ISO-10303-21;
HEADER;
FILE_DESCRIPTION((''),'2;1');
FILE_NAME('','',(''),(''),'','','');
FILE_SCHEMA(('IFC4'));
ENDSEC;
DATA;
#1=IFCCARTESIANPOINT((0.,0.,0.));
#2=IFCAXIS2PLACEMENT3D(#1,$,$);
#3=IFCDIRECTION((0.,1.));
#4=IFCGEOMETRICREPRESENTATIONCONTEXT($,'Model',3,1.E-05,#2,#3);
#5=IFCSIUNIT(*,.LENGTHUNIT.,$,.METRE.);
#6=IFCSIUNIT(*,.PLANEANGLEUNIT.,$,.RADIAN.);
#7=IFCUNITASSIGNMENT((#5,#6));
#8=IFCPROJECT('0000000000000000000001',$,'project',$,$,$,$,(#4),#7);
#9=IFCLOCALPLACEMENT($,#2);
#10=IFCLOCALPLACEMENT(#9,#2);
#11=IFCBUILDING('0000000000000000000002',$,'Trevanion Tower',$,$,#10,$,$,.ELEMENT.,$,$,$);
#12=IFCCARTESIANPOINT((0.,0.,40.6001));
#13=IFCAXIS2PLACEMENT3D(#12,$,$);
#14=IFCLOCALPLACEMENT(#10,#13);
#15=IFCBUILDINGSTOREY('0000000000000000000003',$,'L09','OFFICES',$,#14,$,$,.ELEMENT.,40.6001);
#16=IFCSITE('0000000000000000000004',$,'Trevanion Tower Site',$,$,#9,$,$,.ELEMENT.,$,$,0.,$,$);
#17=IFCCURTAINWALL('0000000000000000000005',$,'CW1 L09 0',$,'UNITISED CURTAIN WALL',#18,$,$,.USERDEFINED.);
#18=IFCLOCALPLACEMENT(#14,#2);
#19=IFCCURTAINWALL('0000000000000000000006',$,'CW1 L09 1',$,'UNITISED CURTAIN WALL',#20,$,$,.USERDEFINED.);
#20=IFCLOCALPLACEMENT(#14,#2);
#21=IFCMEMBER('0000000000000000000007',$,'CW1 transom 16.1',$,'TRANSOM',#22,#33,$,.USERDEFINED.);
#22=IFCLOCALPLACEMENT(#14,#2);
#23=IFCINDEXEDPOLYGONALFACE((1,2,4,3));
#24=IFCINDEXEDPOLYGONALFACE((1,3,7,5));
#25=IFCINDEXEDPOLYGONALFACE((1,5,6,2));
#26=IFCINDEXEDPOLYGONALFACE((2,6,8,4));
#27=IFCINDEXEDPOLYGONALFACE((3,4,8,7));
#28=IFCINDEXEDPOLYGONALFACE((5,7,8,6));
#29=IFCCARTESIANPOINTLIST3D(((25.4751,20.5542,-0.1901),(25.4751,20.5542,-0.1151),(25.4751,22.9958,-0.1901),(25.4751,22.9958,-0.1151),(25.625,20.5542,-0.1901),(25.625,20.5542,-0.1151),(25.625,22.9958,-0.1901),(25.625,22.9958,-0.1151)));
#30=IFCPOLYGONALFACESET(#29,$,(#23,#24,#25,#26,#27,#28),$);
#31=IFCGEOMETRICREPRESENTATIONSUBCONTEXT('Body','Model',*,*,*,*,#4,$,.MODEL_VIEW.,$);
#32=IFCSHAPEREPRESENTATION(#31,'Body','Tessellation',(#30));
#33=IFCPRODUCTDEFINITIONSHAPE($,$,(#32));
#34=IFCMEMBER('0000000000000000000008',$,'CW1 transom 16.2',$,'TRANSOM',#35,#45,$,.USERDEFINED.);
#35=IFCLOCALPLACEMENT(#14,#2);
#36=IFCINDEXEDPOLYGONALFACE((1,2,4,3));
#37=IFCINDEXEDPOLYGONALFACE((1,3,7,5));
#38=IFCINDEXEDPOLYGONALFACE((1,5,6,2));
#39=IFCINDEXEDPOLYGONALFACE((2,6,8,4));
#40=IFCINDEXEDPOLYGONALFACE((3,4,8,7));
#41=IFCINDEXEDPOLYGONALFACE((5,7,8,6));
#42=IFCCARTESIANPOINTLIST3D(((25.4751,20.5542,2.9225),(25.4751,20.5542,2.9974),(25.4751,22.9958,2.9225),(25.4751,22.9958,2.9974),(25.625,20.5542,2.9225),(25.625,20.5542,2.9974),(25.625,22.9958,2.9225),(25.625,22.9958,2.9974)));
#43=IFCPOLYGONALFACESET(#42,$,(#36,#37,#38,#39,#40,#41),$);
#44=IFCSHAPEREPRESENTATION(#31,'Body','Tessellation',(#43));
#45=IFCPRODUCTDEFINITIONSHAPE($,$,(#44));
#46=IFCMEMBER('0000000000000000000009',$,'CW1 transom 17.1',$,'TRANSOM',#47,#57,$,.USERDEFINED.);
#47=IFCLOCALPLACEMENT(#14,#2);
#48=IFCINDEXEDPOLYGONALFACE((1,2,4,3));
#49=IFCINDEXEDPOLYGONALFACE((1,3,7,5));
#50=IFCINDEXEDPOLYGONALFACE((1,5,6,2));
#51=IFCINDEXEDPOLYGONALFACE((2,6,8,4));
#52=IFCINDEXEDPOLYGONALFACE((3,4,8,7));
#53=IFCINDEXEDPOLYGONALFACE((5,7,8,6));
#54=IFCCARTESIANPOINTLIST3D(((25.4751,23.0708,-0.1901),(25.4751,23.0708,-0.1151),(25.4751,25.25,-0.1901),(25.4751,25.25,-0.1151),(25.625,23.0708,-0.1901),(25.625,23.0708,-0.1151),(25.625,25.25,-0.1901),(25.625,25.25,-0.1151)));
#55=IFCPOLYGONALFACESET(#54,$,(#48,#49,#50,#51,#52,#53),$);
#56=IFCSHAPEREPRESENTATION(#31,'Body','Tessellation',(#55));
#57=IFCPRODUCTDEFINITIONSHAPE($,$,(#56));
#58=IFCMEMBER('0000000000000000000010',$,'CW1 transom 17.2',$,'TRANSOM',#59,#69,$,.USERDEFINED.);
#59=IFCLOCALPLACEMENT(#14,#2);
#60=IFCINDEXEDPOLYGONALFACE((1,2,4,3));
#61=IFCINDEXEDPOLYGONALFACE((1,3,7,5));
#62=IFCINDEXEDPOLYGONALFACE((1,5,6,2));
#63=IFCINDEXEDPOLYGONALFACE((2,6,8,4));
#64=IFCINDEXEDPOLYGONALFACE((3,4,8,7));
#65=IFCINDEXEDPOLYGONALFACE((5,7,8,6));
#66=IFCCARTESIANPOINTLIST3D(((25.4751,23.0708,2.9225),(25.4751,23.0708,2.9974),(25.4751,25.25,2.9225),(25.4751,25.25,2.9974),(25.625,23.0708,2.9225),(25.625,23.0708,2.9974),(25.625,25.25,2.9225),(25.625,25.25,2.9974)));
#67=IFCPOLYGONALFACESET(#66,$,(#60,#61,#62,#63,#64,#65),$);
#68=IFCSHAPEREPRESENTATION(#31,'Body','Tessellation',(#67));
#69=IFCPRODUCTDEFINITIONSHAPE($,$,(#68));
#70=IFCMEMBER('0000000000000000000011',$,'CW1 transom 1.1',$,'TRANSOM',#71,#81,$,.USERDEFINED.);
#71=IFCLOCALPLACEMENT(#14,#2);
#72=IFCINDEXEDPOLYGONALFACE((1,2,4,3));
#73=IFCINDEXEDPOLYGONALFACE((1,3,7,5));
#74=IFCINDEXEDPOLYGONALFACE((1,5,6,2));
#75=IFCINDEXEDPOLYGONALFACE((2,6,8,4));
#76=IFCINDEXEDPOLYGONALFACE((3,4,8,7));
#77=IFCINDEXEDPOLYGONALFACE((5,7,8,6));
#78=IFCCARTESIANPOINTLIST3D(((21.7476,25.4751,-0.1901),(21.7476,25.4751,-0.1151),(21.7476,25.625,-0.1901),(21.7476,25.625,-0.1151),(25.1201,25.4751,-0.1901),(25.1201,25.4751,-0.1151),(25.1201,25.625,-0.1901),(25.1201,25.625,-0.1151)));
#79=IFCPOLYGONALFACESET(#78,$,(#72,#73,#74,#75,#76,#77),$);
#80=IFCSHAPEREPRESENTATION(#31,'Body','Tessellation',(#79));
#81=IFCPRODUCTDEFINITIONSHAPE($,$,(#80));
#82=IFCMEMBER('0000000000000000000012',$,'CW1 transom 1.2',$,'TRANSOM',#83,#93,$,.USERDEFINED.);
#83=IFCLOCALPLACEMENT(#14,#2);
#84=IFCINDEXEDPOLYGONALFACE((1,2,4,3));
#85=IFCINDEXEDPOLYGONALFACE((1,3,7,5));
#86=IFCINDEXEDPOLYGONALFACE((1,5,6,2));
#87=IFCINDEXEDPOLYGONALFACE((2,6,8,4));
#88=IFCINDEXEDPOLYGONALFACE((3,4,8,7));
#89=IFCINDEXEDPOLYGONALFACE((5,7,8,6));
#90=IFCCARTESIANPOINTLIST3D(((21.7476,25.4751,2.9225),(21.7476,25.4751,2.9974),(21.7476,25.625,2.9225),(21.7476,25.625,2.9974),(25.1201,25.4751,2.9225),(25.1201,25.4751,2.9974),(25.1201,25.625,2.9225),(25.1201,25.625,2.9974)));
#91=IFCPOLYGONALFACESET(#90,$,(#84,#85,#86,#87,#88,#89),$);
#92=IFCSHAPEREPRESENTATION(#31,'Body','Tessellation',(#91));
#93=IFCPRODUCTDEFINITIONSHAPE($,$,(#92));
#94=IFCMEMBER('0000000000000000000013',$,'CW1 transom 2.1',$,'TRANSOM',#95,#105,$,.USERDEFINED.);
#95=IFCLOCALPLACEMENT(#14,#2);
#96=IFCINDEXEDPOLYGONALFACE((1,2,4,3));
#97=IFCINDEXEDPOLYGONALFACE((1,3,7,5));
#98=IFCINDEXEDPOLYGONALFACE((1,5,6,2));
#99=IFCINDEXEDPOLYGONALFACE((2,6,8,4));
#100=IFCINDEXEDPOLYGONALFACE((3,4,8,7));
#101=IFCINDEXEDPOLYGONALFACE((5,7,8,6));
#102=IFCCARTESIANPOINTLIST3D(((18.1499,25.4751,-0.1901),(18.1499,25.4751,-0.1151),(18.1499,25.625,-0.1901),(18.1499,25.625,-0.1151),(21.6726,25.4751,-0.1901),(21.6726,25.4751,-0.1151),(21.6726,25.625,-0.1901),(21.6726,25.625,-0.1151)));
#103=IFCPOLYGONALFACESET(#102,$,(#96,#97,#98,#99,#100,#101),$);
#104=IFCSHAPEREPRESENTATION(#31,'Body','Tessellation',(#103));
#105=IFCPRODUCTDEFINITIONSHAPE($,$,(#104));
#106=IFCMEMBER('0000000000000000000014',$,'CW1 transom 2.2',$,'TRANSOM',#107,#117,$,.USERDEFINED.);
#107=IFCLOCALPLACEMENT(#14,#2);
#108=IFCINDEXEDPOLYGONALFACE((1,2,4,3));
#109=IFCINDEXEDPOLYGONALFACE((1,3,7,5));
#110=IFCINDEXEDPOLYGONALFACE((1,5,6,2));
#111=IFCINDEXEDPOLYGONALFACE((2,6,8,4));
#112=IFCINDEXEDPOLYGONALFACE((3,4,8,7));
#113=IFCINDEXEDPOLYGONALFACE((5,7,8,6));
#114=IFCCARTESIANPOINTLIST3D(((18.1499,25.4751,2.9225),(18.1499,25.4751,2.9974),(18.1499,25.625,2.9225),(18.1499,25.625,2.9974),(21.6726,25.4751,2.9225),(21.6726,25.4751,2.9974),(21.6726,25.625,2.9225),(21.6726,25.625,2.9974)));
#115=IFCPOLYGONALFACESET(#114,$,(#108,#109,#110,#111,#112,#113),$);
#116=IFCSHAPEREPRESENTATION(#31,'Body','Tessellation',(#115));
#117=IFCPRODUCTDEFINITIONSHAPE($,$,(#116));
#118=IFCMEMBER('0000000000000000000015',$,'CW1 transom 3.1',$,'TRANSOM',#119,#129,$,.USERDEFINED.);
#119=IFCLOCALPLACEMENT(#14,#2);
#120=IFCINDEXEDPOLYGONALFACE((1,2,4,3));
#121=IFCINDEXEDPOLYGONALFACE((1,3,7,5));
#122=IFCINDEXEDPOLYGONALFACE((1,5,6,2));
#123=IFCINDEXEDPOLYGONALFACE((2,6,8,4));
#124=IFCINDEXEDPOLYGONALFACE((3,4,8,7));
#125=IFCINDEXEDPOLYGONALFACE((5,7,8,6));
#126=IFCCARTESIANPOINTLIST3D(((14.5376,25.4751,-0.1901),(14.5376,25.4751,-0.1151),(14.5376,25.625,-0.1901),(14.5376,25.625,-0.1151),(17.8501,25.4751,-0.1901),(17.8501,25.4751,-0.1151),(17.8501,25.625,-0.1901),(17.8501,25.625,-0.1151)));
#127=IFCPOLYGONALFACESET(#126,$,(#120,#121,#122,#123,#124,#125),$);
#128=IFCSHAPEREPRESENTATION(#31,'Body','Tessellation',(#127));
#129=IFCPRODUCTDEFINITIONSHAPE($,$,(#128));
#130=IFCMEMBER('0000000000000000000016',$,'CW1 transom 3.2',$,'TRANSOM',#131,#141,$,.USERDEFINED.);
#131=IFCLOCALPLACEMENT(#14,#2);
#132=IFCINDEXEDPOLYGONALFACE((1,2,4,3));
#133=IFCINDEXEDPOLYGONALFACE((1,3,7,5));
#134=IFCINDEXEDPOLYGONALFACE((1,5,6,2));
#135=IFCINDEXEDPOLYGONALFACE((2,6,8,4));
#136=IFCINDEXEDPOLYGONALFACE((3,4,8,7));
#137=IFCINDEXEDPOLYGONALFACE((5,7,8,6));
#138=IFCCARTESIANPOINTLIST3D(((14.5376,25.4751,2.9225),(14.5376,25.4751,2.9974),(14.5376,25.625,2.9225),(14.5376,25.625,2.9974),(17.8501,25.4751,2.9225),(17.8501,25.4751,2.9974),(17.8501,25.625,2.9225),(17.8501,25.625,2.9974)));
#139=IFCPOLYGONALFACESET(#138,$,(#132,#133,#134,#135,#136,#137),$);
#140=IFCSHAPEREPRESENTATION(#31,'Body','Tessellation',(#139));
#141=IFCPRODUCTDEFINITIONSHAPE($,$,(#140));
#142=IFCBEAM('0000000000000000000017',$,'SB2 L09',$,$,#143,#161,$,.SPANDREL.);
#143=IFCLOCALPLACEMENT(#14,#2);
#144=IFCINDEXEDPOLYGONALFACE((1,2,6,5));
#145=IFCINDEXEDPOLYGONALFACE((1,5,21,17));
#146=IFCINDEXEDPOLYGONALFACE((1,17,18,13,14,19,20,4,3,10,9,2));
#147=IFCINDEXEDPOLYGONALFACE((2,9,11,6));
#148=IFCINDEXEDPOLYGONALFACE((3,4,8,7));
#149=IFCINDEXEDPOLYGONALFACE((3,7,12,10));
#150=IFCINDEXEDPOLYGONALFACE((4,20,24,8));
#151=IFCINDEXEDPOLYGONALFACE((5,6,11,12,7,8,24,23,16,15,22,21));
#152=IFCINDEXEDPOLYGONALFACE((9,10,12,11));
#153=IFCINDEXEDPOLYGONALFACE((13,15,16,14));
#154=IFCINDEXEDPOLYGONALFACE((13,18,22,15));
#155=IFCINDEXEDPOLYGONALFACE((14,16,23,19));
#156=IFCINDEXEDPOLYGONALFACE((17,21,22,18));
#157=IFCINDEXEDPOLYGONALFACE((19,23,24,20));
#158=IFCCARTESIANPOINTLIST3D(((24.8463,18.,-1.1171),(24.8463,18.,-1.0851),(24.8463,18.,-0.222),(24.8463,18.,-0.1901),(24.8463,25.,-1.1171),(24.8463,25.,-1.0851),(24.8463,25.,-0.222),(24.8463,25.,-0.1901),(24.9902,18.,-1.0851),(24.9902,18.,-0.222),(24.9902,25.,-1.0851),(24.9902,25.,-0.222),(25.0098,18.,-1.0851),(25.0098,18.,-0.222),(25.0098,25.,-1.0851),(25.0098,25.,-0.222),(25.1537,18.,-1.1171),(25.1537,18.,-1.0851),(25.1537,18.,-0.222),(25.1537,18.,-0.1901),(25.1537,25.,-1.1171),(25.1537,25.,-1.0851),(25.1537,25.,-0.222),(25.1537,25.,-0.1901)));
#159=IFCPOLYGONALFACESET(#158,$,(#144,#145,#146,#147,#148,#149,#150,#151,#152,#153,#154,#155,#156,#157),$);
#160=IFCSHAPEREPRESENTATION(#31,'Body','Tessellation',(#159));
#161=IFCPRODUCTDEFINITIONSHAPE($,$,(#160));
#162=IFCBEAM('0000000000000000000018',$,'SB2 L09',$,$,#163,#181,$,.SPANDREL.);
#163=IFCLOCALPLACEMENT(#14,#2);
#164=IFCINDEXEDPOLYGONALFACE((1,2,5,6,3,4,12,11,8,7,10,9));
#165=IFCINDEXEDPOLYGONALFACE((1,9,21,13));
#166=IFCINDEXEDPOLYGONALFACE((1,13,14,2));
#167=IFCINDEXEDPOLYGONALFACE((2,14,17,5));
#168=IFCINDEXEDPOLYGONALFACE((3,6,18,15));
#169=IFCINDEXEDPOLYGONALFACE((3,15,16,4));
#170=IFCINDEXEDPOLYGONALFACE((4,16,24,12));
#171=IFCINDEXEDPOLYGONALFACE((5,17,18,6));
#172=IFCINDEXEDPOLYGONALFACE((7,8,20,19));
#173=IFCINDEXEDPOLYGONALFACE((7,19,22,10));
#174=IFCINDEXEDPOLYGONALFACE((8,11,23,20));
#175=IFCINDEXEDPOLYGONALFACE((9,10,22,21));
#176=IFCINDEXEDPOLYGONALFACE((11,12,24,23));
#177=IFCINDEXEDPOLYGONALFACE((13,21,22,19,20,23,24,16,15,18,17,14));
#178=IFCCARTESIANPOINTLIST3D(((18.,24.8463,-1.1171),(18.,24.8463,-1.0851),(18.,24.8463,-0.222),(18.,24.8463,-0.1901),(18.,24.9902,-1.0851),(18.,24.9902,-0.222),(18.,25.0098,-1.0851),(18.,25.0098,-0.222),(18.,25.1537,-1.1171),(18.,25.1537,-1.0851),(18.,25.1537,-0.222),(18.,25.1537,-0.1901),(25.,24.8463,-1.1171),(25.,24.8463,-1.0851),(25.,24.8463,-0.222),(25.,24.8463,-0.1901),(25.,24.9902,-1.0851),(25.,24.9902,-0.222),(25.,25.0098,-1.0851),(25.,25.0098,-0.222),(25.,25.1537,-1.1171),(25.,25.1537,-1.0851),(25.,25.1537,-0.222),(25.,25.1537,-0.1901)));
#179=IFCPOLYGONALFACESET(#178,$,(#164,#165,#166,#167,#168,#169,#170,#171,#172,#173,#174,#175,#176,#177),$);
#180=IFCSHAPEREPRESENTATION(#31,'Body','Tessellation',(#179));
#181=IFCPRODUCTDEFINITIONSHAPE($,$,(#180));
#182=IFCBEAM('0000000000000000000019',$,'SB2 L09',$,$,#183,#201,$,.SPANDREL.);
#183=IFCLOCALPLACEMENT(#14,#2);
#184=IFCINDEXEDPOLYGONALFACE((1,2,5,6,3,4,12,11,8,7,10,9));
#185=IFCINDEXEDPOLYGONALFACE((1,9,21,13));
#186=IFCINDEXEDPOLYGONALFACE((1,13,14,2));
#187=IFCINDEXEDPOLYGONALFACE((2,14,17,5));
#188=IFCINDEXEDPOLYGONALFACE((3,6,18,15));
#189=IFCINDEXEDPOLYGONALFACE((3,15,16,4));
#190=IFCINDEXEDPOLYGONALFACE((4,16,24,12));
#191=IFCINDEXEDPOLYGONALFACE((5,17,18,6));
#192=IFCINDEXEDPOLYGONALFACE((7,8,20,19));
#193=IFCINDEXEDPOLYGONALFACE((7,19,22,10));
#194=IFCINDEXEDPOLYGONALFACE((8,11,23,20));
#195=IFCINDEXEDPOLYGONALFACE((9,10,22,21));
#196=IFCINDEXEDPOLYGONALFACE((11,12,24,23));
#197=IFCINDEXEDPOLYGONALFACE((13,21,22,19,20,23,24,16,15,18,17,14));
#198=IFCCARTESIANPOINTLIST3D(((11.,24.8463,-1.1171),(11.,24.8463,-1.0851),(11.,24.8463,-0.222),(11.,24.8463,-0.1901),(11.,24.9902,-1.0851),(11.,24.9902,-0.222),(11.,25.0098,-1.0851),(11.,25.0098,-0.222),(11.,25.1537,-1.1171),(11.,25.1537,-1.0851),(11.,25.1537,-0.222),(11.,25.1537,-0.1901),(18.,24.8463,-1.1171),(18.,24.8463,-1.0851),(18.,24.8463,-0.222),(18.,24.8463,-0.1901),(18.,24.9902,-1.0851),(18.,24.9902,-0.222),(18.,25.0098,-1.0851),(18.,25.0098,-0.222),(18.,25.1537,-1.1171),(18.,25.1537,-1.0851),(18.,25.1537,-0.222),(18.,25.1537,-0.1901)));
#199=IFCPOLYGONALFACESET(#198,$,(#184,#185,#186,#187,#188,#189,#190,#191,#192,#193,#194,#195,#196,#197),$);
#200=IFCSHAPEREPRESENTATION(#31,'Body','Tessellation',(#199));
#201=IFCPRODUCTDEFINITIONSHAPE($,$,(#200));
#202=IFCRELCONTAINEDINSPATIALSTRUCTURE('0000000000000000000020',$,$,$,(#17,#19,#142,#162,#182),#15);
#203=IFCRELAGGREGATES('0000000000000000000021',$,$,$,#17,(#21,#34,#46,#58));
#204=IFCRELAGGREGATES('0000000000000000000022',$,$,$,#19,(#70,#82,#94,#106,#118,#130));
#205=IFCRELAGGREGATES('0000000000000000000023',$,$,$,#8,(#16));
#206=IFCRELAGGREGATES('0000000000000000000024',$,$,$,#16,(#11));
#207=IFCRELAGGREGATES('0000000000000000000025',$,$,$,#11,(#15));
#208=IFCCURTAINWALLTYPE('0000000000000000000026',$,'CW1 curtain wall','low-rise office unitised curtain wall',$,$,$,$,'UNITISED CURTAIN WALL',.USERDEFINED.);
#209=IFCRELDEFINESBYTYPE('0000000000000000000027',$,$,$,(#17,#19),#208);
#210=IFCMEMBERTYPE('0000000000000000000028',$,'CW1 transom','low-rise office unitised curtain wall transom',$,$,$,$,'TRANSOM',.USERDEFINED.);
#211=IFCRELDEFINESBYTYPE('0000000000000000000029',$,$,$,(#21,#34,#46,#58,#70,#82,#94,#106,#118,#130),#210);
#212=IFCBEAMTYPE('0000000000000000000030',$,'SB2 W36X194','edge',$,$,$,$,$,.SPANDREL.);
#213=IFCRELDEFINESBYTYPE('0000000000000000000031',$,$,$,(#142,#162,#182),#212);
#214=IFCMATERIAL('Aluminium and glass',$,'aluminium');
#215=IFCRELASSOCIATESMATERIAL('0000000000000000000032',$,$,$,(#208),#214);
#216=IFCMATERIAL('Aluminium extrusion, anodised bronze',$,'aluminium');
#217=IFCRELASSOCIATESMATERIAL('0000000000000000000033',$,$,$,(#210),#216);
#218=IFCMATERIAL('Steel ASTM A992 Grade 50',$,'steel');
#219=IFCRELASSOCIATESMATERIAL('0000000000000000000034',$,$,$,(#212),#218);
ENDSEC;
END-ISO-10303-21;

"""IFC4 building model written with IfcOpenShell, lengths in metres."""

from ifc_helpers import new_model, si_unit, direction, frame, origin, origin_2d, place, context, subcontext, project, spatial, rectangle, i_section, extrude, material, material_profile, profile_set, type_object, element, aggregate, save


model = new_model("IFC4")

# Units and contexts
model_context = context("Model", 3, precision=1e-05, world=origin(), true_north=direction((0.0, 1.0)))
body_context = subcontext(model_context, "Body", "Model", "MODEL_VIEW")
ifc_project = project(units=[si_unit("LENGTHUNIT", "METRE"), si_unit("PLANEANGLEUNIT", "RADIAN")], contexts=[model_context])

# Site, building, storey
site_placement = place(None, origin())
site = spatial("IfcSite", under=ifc_project, at=site_placement, Name="Trevanion Tower Site", CompositionType="ELEMENT", RefElevation=0.0)
building_placement = place(site_placement, origin())
building = spatial("IfcBuilding", under=site, at=building_placement, Name="Trevanion Tower", CompositionType="ELEMENT")
storey_placement = place(building_placement, frame((0.0, 0.0, 40.6001)))
storey = spatial("IfcBuildingStorey", under=building, at=storey_placement, Name="L09", Description="OFFICES", CompositionType="ELEMENT", Elevation=40.6001)

# Curtain wall
ifc_material_1 = material(Name="Aluminium and glass", Category="aluminium")
curtain_wall_type = type_object("IfcCurtainWallType", Name="CW1 curtain wall", Description="low-rise office unitised curtain wall", ElementType="UNITISED CURTAIN WALL", PredefinedType="USERDEFINED", material=ifc_material_1)
curtain_wall_1_placement = place(storey_placement, origin())
curtain_wall_1 = element("IfcCurtainWall", 1, at=curtain_wall_1_placement, inside=storey, type_object=curtain_wall_type, Name="CW1 L09 0", ObjectType="UNITISED CURTAIN WALL", PredefinedType="USERDEFINED")

# Curtain wall
curtain_wall_2_placement = place(storey_placement, origin())
curtain_wall_2 = element("IfcCurtainWall", 2, at=curtain_wall_2_placement, inside=storey, type_object=curtain_wall_type, Name="CW1 L09 1", ObjectType="UNITISED CURTAIN WALL", PredefinedType="USERDEFINED")

# Members
ifc_material_2 = material(Name="Aluminium extrusion, anodised bronze", Category="aluminium")
ifc_material_profile_1 = material_profile(ifc_material_2, rectangle(XDim=0.1499, YDim=0.075, at=origin_2d()), Name="CW1 transom")
ifc_profile_set_1 = profile_set([ifc_material_profile_1], Name="Aluminium extrusion, anodised bronze")
member_type_1 = type_object("IfcMemberType", Name="CW1 transom", Description="low-rise office unitised curtain wall transom", ElementType="TRANSOM", PredefinedType="USERDEFINED", material=ifc_profile_set_1)
member_1_placement = place(storey_placement, frame((25.55, 20.5542, -0.1526), z_axis=(0.0, 1.0, 0.0), x_axis=(-1.0, 0.0, 0.0)))
member_1 = element("IfcMember", 3, at=member_1_placement, type_object=member_type_1, Name="CW1 transom 16.1", ObjectType="TRANSOM", PredefinedType="USERDEFINED", context=body_context, shape_type="SweptSolid", body=[
    extrude(rectangle(XDim=0.1499, YDim=0.075, at=origin_2d()), origin(), (0.0, 0.0, 1.0), 2.4417),
])
member_2_placement = place(storey_placement, frame((25.55, 20.5542, 2.96), z_axis=(0.0, 1.0, 0.0), x_axis=(-1.0, 0.0, 0.0)))
member_2 = element("IfcMember", 4, at=member_2_placement, type_object=member_type_1, Name="CW1 transom 16.2", ObjectType="TRANSOM", PredefinedType="USERDEFINED", context=body_context, shape_type="SweptSolid", body=[
    extrude(rectangle(XDim=0.1499, YDim=0.075, at=origin_2d()), origin(), (0.0, 0.0, 1.0), 2.4417),
])
member_3_placement = place(storey_placement, frame((25.55, 23.0708, -0.1526), z_axis=(0.0, 1.0, 0.0), x_axis=(-1.0, 0.0, 0.0)))
member_3 = element("IfcMember", 5, at=member_3_placement, type_object=member_type_1, Name="CW1 transom 17.1", ObjectType="TRANSOM", PredefinedType="USERDEFINED", context=body_context, shape_type="SweptSolid", body=[
    extrude(rectangle(XDim=0.1499, YDim=0.075, at=origin_2d()), origin(), (0.0, 0.0, 1.0), 2.1792),
])
member_4_placement = place(storey_placement, frame((25.55, 23.0708, 2.96), z_axis=(0.0, 1.0, 0.0), x_axis=(-1.0, 0.0, 0.0)))
member_4 = element("IfcMember", 6, at=member_4_placement, type_object=member_type_1, Name="CW1 transom 17.2", ObjectType="TRANSOM", PredefinedType="USERDEFINED", context=body_context, shape_type="SweptSolid", body=[
    extrude(rectangle(XDim=0.1499, YDim=0.075, at=origin_2d()), origin(), (0.0, 0.0, 1.0), 2.1792),
])
member_5_placement = place(storey_placement, frame((25.1201, 25.55, -0.1526), z_axis=(-1.0, 0.0, 0.0), x_axis=(0.0, -1.0, 0.0)))
member_5 = element("IfcMember", 7, at=member_5_placement, type_object=member_type_1, Name="CW1 transom 1.1", ObjectType="TRANSOM", PredefinedType="USERDEFINED", context=body_context, shape_type="SweptSolid", body=[
    extrude(rectangle(XDim=0.1499, YDim=0.075, at=origin_2d()), origin(), (0.0, 0.0, 1.0), 3.3726),
])
member_6_placement = place(storey_placement, frame((25.1201, 25.55, 2.96), z_axis=(-1.0, 0.0, 0.0), x_axis=(0.0, -1.0, 0.0)))
member_6 = element("IfcMember", 8, at=member_6_placement, type_object=member_type_1, Name="CW1 transom 1.2", ObjectType="TRANSOM", PredefinedType="USERDEFINED", context=body_context, shape_type="SweptSolid", body=[
    extrude(rectangle(XDim=0.1499, YDim=0.075, at=origin_2d()), origin(), (0.0, 0.0, 1.0), 3.3726),
])
member_7_placement = place(storey_placement, frame((21.6726, 25.55, -0.1526), z_axis=(-1.0, 0.0, 0.0), x_axis=(0.0, -1.0, 0.0)))
member_7 = element("IfcMember", 9, at=member_7_placement, type_object=member_type_1, Name="CW1 transom 2.1", ObjectType="TRANSOM", PredefinedType="USERDEFINED", context=body_context, shape_type="SweptSolid", body=[
    extrude(rectangle(XDim=0.1499, YDim=0.075, at=origin_2d()), origin(), (0.0, 0.0, 1.0), 3.5227),
])
member_8_placement = place(storey_placement, frame((21.6726, 25.55, 2.96), z_axis=(-1.0, 0.0, 0.0), x_axis=(0.0, -1.0, 0.0)))
member_8 = element("IfcMember", 10, at=member_8_placement, type_object=member_type_1, Name="CW1 transom 2.2", ObjectType="TRANSOM", PredefinedType="USERDEFINED", context=body_context, shape_type="SweptSolid", body=[
    extrude(rectangle(XDim=0.1499, YDim=0.075, at=origin_2d()), origin(), (0.0, 0.0, 1.0), 3.5227),
])
member_9_placement = place(storey_placement, frame((17.8501, 25.55, -0.1526), z_axis=(-1.0, 0.0, 0.0), x_axis=(0.0, -1.0, 0.0)))
member_9 = element("IfcMember", 11, at=member_9_placement, type_object=member_type_1, Name="CW1 transom 3.1", ObjectType="TRANSOM", PredefinedType="USERDEFINED", context=body_context, shape_type="SweptSolid", body=[
    extrude(rectangle(XDim=0.1499, YDim=0.075, at=origin_2d()), origin(), (0.0, 0.0, 1.0), 3.3125),
])
member_10_placement = place(storey_placement, frame((17.8501, 25.55, 2.96), z_axis=(-1.0, 0.0, 0.0), x_axis=(0.0, -1.0, 0.0)))
member_10 = element("IfcMember", 12, at=member_10_placement, type_object=member_type_1, Name="CW1 transom 3.2", ObjectType="TRANSOM", PredefinedType="USERDEFINED", context=body_context, shape_type="SweptSolid", body=[
    extrude(rectangle(XDim=0.1499, YDim=0.075, at=origin_2d()), origin(), (0.0, 0.0, 1.0), 3.3125),
])

# Beams
ifc_material_3 = material(Name="Steel ASTM A992 Grade 50", Category="steel")
ifc_material_profile_2 = material_profile(ifc_material_3, i_section(OverallWidth=0.3074, OverallDepth=0.927, WebThickness=0.0195, FlangeThickness=0.032, at=origin_2d()), Name="W36X194")
ifc_profile_set_2 = profile_set([ifc_material_profile_2], Name="Steel ASTM A992 Grade 50")
beam_type = type_object("IfcBeamType", Name="SB2 W36X194", Description="edge", PredefinedType="SPANDREL", material=ifc_profile_set_2)
for number, where, z_axis, x_axis, name in (
    (13, (25.0, 18.0, -0.6536), (0.0, 1.0, 0.0), (-1.0, 0.0, 0.0), "SB2 L09"),
    (14, (25.0, 25.0, -0.6536), (-1.0, 0.0, 0.0), (0.0, -1.0, 0.0), "SB2 L09"),
    (15, (18.0, 25.0, -0.6536), (-1.0, 0.0, 0.0), (0.0, -1.0, 0.0), "SB2 L09"),
):
    element("IfcBeam", number, at=place(storey_placement, frame(where, z_axis=z_axis, x_axis=x_axis)), inside=storey, type_object=beam_type, Name=name, PredefinedType="SPANDREL", context=body_context, shape_type="SweptSolid", body=[
        extrude(i_section(OverallWidth=0.3074, OverallDepth=0.927, WebThickness=0.0195, FlangeThickness=0.032, at=origin_2d()), origin(), (0.0, 0.0, 1.0), 7.0),
    ])

aggregate(curtain_wall_1, [member_1, member_2, member_3, member_4])
aggregate(curtain_wall_2, [member_5, member_6, member_7, member_8, member_9, member_10])

save(model, "model.ifc")
